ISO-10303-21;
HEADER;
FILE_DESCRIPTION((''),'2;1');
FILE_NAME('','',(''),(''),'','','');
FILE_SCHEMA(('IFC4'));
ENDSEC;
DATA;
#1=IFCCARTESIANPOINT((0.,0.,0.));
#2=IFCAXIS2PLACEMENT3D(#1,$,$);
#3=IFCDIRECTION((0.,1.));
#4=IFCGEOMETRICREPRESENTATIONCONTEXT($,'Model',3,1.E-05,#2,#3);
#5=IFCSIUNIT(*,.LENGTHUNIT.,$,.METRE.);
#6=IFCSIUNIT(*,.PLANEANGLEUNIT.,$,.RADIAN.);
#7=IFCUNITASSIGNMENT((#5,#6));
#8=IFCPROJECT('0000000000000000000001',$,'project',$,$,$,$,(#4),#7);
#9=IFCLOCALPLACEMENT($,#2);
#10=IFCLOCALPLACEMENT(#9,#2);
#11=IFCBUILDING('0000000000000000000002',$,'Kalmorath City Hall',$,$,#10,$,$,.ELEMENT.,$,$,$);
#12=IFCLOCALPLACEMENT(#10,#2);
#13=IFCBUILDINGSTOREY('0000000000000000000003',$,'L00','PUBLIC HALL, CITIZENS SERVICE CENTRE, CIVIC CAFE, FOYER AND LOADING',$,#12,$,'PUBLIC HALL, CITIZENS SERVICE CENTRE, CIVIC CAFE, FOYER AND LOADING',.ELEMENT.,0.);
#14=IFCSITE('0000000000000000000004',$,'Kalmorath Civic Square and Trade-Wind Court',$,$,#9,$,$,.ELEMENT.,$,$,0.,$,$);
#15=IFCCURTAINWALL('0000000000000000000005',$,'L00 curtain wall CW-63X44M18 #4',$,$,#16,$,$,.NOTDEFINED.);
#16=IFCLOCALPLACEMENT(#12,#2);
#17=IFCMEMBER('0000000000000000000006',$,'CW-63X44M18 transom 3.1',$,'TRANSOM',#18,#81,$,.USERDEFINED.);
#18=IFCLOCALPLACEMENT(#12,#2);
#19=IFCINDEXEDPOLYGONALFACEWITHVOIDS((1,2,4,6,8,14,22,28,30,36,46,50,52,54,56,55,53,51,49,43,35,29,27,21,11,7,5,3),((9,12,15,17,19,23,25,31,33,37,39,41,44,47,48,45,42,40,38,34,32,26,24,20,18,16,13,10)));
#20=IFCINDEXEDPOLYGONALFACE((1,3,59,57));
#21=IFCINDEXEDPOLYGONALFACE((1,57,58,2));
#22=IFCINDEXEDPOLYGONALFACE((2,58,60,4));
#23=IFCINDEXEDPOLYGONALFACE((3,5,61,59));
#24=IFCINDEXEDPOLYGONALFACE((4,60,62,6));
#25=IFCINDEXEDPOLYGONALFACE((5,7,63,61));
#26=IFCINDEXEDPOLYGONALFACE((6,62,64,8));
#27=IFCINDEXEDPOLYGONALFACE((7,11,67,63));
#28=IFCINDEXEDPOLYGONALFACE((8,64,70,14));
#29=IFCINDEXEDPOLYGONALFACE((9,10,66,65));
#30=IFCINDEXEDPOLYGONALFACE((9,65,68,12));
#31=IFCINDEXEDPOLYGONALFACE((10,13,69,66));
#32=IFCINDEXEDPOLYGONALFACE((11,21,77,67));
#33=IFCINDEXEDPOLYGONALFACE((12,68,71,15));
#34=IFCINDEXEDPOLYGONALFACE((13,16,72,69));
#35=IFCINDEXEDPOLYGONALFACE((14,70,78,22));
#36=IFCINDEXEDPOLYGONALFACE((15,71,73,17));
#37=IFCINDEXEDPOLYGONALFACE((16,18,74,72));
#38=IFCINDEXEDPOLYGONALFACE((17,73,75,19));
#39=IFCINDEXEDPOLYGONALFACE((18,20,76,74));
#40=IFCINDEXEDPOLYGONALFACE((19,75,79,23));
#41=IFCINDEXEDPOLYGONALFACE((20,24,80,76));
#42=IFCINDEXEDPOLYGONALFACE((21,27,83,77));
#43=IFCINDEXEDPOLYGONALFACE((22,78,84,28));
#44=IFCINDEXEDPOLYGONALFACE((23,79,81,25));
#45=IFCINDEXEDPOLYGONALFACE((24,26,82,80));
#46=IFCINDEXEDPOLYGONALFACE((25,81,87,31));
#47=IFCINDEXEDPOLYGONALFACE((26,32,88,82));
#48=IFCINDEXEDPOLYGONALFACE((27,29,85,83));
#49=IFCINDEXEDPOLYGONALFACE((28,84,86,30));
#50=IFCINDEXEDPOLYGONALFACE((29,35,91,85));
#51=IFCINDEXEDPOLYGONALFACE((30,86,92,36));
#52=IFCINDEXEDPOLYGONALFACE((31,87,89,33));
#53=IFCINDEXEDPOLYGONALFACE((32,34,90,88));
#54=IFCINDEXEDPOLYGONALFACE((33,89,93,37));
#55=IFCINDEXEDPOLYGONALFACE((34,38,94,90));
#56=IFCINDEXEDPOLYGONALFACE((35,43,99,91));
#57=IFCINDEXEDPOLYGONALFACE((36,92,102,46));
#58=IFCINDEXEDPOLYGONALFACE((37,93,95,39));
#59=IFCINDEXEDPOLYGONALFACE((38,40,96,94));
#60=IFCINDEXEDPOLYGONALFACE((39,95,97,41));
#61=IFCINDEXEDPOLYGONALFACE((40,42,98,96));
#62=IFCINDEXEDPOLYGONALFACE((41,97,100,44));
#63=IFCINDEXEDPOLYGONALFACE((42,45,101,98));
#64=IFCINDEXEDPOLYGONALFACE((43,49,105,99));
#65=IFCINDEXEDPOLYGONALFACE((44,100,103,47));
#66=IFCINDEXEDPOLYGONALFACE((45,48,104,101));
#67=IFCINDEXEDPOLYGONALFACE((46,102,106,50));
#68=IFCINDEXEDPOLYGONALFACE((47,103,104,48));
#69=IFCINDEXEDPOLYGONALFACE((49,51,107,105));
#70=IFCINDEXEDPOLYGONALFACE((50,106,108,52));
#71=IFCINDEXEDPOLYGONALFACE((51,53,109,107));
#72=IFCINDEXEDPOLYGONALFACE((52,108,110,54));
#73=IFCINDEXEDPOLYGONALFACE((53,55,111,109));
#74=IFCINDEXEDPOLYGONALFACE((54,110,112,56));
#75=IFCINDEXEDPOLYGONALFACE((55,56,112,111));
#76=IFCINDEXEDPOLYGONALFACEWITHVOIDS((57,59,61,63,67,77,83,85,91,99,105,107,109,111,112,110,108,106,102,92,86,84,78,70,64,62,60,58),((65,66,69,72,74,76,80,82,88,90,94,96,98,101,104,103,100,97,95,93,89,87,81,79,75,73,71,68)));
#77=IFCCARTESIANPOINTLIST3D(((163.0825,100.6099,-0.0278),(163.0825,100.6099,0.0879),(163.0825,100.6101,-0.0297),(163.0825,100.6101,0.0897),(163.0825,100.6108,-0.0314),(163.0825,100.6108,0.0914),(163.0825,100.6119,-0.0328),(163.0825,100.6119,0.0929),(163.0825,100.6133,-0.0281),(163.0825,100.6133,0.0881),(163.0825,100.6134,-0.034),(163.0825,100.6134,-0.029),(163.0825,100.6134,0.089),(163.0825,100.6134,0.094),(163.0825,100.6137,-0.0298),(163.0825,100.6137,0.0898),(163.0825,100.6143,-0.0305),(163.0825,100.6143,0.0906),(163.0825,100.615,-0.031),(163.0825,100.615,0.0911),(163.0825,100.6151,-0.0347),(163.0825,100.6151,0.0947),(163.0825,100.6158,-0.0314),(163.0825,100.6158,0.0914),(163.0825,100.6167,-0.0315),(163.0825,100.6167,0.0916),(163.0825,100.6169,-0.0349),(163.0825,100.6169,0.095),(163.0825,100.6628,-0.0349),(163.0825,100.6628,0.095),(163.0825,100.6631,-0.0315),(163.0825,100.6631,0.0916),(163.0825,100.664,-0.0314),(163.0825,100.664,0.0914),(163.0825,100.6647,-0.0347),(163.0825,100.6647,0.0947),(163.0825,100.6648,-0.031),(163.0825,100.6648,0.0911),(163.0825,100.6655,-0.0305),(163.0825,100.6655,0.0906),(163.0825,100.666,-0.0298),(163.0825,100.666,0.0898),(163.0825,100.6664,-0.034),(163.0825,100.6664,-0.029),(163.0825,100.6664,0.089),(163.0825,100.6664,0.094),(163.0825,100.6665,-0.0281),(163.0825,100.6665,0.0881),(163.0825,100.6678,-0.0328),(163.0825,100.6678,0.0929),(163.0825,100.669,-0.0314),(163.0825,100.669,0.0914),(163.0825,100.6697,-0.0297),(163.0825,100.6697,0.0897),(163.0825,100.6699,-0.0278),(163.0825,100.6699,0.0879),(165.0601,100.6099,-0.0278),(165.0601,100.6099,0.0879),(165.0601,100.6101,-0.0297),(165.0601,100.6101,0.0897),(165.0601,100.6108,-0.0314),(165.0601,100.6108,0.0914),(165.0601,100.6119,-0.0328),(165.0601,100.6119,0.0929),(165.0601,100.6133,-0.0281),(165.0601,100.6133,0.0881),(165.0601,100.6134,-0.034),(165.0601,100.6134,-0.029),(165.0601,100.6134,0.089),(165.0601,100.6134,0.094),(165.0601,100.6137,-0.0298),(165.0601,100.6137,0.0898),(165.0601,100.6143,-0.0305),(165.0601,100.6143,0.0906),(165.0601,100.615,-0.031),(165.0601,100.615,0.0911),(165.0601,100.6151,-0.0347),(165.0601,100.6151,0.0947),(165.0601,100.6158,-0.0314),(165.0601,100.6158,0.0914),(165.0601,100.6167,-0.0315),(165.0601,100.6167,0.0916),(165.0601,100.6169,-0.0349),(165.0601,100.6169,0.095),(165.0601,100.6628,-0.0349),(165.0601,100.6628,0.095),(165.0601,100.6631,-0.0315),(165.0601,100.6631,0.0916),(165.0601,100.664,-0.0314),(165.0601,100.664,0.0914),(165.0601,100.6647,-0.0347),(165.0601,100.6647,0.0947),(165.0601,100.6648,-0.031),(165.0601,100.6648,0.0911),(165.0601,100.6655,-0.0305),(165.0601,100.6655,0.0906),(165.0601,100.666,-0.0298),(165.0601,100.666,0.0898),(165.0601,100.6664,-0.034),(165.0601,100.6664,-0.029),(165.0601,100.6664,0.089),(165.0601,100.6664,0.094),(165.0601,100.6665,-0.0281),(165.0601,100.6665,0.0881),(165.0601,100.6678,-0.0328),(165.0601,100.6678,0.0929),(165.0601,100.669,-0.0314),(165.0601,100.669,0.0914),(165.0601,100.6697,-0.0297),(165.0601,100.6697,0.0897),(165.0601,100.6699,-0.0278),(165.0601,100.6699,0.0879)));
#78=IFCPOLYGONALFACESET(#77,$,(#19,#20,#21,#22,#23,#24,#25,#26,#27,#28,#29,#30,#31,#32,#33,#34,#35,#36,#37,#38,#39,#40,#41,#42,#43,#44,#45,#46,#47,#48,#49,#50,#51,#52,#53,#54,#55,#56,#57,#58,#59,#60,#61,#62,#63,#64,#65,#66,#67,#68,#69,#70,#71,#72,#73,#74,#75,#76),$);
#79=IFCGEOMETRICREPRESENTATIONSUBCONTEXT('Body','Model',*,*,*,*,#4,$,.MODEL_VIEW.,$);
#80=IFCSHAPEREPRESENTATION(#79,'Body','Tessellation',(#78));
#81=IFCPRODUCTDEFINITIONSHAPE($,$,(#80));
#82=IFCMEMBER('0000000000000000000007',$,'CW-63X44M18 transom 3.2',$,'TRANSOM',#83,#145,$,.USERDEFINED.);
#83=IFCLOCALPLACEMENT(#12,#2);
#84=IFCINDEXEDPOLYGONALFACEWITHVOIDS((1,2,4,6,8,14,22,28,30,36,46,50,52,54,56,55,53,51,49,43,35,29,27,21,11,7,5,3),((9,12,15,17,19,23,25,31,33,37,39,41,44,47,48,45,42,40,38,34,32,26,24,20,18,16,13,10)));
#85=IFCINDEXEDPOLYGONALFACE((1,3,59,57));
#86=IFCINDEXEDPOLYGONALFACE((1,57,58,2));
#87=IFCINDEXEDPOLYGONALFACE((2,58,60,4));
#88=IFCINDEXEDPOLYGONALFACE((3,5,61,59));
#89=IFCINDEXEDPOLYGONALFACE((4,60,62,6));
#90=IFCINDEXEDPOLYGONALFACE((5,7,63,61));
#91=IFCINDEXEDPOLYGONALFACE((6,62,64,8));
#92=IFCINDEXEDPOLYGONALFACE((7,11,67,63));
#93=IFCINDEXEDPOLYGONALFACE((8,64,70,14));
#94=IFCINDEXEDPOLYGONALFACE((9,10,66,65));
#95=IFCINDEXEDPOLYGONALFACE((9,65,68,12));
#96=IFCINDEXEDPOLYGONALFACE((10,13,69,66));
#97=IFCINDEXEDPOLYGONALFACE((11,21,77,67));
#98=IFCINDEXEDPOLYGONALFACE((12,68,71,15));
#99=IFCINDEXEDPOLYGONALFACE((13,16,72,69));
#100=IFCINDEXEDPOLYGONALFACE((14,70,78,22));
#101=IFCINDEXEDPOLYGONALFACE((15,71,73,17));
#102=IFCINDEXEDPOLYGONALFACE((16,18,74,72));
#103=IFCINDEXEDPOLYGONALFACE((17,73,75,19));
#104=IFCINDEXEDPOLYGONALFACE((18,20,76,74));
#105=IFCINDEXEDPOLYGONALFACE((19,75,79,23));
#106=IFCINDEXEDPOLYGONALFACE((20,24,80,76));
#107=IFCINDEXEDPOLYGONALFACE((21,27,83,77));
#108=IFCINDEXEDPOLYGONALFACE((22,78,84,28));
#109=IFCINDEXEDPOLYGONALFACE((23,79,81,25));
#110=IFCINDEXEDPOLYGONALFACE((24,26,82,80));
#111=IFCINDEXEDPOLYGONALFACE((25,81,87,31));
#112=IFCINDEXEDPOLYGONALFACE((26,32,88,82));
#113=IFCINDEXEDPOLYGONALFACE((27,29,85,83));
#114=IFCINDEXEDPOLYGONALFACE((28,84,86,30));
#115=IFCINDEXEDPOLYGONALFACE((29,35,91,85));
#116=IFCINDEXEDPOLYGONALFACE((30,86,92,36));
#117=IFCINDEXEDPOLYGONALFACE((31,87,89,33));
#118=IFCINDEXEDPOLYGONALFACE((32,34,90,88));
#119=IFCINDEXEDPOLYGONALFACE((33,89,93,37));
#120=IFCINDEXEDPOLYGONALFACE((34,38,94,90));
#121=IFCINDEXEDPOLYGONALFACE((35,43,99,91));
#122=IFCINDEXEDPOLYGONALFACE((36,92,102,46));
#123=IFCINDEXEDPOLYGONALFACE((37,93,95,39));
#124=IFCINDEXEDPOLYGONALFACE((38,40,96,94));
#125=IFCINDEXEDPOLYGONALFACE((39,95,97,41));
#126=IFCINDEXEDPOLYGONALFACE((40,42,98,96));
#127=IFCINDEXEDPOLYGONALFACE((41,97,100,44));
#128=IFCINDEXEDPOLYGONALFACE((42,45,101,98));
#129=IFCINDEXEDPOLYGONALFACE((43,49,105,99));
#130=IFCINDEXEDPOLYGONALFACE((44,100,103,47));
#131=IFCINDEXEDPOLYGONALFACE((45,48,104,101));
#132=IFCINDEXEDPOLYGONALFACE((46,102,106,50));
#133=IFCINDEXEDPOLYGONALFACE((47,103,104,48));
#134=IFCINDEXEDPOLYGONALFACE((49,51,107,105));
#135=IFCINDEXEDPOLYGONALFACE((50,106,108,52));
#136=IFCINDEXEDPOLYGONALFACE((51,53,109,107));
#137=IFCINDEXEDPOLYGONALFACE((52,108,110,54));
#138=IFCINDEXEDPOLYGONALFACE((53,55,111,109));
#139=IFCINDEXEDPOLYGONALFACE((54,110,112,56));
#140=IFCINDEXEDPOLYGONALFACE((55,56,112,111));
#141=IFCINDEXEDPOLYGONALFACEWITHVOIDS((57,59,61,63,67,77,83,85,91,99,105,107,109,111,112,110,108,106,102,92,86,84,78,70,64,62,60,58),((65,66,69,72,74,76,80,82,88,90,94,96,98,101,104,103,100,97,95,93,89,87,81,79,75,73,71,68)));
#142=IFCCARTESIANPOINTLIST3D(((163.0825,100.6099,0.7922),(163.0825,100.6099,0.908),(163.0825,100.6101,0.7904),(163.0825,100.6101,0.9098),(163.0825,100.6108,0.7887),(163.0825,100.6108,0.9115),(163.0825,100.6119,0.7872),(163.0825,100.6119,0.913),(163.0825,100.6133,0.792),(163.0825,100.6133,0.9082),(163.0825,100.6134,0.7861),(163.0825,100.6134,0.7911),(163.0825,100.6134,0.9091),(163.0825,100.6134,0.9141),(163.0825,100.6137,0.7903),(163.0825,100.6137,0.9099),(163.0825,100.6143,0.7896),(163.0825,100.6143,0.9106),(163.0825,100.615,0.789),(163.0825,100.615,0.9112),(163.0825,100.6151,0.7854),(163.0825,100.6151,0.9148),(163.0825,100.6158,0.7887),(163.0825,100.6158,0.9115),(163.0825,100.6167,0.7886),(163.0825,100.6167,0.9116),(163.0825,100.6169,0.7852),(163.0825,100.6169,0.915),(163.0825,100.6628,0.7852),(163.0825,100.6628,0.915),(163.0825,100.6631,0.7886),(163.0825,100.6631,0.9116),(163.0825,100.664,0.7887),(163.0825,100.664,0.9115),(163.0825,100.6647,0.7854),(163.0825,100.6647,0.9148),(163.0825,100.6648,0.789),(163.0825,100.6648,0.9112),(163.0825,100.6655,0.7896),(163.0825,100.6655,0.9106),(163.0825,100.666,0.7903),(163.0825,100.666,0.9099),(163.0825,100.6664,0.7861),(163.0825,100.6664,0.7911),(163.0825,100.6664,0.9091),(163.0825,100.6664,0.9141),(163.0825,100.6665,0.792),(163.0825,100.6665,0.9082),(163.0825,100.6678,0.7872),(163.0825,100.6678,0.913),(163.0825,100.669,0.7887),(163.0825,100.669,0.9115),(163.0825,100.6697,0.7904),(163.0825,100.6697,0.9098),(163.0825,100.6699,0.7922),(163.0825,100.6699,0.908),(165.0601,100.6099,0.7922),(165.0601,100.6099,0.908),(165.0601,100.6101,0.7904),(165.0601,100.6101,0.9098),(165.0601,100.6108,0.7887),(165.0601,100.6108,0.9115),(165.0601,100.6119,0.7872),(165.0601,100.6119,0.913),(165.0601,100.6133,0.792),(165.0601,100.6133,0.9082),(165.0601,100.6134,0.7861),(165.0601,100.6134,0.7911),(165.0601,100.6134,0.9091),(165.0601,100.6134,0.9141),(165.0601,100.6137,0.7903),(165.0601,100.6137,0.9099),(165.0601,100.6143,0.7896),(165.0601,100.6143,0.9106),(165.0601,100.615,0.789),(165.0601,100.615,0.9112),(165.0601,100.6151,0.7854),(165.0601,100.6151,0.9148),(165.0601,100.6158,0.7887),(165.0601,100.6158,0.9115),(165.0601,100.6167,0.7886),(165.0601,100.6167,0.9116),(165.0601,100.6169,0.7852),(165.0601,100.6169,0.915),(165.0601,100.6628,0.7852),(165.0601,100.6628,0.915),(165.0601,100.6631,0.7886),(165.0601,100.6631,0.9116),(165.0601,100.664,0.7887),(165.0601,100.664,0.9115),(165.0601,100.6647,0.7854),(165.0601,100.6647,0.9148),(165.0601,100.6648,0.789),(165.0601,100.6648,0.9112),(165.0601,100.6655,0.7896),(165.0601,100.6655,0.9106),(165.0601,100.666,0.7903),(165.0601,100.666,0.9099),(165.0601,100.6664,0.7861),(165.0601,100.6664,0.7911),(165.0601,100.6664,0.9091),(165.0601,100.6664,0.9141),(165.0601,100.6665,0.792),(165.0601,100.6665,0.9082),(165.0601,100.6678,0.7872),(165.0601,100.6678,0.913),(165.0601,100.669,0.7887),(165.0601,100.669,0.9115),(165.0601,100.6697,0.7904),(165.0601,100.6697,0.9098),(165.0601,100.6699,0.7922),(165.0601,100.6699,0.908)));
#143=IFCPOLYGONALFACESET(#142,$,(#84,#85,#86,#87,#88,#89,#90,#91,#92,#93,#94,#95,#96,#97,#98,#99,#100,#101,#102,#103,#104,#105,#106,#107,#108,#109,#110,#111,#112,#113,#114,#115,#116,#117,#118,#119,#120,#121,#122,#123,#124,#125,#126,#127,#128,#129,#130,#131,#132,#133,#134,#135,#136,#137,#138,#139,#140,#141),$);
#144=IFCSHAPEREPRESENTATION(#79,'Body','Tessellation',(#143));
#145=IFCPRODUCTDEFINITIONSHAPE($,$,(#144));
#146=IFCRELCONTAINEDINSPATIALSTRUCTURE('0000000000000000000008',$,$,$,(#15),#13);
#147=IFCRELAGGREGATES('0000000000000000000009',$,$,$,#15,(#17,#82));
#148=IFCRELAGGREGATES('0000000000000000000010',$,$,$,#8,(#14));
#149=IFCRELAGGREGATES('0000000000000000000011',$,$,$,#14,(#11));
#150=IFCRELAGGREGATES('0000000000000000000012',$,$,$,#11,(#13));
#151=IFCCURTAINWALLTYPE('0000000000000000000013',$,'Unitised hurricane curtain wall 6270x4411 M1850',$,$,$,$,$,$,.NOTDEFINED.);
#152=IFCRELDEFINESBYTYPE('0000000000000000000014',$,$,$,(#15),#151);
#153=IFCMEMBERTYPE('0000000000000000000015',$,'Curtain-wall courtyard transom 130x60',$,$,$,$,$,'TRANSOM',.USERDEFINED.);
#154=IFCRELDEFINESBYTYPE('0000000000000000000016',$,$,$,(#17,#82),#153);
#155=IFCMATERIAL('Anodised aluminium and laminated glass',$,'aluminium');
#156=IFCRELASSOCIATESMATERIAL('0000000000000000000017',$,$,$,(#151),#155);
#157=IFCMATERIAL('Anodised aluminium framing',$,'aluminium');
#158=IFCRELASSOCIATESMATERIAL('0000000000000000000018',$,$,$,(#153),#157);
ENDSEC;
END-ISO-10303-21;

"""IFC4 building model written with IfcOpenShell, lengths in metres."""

from ifc_helpers import new_model, si_unit, direction, frame, origin, origin_2d, place, context, subcontext, project, spatial, hollow_rectangle, extrude, material, material_profile, profile_set, type_object, element, aggregate, save


model = new_model("IFC4")

# Units and contexts
model_context = context("Model", 3, precision=1e-05, world=origin(), true_north=direction((0.0, 1.0)))
body_context = subcontext(model_context, "Body", "Model", "MODEL_VIEW")
ifc_project = project(units=[si_unit("LENGTHUNIT", "METRE"), si_unit("PLANEANGLEUNIT", "RADIAN")], contexts=[model_context])

# Site, building, storey
site_placement = place(None, origin())
site = spatial("IfcSite", under=ifc_project, at=site_placement, Name="Kalmorath Civic Square and Trade-Wind Court", CompositionType="ELEMENT", RefElevation=0.0)
building_placement = place(site_placement, origin())
building = spatial("IfcBuilding", under=site, at=building_placement, Name="Kalmorath City Hall", CompositionType="ELEMENT")
storey_placement = place(building_placement, origin())
storey = spatial("IfcBuildingStorey", under=building, at=storey_placement, Name="L00", Description="PUBLIC HALL, CITIZENS SERVICE CENTRE, CIVIC CAFE, FOYER AND LOADING", LongName="PUBLIC HALL, CITIZENS SERVICE CENTRE, CIVIC CAFE, FOYER AND LOADING", CompositionType="ELEMENT", Elevation=0.0)

# Curtain wall, members
ifc_material_1 = material(Name="Anodised aluminium and laminated glass", Category="aluminium")
curtain_wall_type = type_object("IfcCurtainWallType", Name="Unitised hurricane curtain wall 6270x4411 M1850", PredefinedType="NOTDEFINED", material=ifc_material_1)
curtain_wall_placement = place(storey_placement, origin())
curtain_wall = element("IfcCurtainWall", 1, at=curtain_wall_placement, inside=storey, type_object=curtain_wall_type, Name="L00 curtain wall CW-63X44M18 #4", PredefinedType="NOTDEFINED")
ifc_material_2 = material(Name="Anodised aluminium framing", Category="aluminium")
ifc_material_profile_1 = material_profile(ifc_material_2, hollow_rectangle(XDim=0.0601, YDim=0.1299, WallThickness=0.0034, InnerFilletRadius=0.0034, OuterFilletRadius=0.0071, at=origin_2d()), Name="ALU-TRN-130X60X3.5")
ifc_profile_set_1 = profile_set([ifc_material_profile_1], Name="Anodised aluminium framing")
member_type_1 = type_object("IfcMemberType", Name="Curtain-wall courtyard transom 130x60", ElementType="TRANSOM", PredefinedType="USERDEFINED", material=ifc_profile_set_1)
member_1_placement = place(storey_placement, frame((163.0825, 100.6399, 0.03), z_axis=(1.0, 0.0, 0.0), x_axis=(0.0, 1.0, 0.0)))
member_1 = element("IfcMember", 2, at=member_1_placement, type_object=member_type_1, Name="CW-63X44M18 transom 3.1", ObjectType="TRANSOM", PredefinedType="USERDEFINED", context=body_context, shape_type="SweptSolid", body=[
    extrude(hollow_rectangle(XDim=0.0601, YDim=0.1299, WallThickness=0.0034, InnerFilletRadius=0.0034, OuterFilletRadius=0.0071, at=origin_2d()), origin(), (0.0, 0.0, 1.0), 1.9775),
])
member_2_placement = place(storey_placement, frame((163.0825, 100.6399, 0.8501), z_axis=(1.0, 0.0, 0.0), x_axis=(0.0, 1.0, 0.0)))
member_2 = element("IfcMember", 3, at=member_2_placement, type_object=member_type_1, Name="CW-63X44M18 transom 3.2", ObjectType="TRANSOM", PredefinedType="USERDEFINED", context=body_context, shape_type="SweptSolid", body=[
    extrude(hollow_rectangle(XDim=0.0601, YDim=0.1299, WallThickness=0.0034, InnerFilletRadius=0.0034, OuterFilletRadius=0.0071, at=origin_2d()), origin(), (0.0, 0.0, 1.0), 1.9775),
])

aggregate(curtain_wall, [member_1, member_2])

save(model, "model.ifc")
